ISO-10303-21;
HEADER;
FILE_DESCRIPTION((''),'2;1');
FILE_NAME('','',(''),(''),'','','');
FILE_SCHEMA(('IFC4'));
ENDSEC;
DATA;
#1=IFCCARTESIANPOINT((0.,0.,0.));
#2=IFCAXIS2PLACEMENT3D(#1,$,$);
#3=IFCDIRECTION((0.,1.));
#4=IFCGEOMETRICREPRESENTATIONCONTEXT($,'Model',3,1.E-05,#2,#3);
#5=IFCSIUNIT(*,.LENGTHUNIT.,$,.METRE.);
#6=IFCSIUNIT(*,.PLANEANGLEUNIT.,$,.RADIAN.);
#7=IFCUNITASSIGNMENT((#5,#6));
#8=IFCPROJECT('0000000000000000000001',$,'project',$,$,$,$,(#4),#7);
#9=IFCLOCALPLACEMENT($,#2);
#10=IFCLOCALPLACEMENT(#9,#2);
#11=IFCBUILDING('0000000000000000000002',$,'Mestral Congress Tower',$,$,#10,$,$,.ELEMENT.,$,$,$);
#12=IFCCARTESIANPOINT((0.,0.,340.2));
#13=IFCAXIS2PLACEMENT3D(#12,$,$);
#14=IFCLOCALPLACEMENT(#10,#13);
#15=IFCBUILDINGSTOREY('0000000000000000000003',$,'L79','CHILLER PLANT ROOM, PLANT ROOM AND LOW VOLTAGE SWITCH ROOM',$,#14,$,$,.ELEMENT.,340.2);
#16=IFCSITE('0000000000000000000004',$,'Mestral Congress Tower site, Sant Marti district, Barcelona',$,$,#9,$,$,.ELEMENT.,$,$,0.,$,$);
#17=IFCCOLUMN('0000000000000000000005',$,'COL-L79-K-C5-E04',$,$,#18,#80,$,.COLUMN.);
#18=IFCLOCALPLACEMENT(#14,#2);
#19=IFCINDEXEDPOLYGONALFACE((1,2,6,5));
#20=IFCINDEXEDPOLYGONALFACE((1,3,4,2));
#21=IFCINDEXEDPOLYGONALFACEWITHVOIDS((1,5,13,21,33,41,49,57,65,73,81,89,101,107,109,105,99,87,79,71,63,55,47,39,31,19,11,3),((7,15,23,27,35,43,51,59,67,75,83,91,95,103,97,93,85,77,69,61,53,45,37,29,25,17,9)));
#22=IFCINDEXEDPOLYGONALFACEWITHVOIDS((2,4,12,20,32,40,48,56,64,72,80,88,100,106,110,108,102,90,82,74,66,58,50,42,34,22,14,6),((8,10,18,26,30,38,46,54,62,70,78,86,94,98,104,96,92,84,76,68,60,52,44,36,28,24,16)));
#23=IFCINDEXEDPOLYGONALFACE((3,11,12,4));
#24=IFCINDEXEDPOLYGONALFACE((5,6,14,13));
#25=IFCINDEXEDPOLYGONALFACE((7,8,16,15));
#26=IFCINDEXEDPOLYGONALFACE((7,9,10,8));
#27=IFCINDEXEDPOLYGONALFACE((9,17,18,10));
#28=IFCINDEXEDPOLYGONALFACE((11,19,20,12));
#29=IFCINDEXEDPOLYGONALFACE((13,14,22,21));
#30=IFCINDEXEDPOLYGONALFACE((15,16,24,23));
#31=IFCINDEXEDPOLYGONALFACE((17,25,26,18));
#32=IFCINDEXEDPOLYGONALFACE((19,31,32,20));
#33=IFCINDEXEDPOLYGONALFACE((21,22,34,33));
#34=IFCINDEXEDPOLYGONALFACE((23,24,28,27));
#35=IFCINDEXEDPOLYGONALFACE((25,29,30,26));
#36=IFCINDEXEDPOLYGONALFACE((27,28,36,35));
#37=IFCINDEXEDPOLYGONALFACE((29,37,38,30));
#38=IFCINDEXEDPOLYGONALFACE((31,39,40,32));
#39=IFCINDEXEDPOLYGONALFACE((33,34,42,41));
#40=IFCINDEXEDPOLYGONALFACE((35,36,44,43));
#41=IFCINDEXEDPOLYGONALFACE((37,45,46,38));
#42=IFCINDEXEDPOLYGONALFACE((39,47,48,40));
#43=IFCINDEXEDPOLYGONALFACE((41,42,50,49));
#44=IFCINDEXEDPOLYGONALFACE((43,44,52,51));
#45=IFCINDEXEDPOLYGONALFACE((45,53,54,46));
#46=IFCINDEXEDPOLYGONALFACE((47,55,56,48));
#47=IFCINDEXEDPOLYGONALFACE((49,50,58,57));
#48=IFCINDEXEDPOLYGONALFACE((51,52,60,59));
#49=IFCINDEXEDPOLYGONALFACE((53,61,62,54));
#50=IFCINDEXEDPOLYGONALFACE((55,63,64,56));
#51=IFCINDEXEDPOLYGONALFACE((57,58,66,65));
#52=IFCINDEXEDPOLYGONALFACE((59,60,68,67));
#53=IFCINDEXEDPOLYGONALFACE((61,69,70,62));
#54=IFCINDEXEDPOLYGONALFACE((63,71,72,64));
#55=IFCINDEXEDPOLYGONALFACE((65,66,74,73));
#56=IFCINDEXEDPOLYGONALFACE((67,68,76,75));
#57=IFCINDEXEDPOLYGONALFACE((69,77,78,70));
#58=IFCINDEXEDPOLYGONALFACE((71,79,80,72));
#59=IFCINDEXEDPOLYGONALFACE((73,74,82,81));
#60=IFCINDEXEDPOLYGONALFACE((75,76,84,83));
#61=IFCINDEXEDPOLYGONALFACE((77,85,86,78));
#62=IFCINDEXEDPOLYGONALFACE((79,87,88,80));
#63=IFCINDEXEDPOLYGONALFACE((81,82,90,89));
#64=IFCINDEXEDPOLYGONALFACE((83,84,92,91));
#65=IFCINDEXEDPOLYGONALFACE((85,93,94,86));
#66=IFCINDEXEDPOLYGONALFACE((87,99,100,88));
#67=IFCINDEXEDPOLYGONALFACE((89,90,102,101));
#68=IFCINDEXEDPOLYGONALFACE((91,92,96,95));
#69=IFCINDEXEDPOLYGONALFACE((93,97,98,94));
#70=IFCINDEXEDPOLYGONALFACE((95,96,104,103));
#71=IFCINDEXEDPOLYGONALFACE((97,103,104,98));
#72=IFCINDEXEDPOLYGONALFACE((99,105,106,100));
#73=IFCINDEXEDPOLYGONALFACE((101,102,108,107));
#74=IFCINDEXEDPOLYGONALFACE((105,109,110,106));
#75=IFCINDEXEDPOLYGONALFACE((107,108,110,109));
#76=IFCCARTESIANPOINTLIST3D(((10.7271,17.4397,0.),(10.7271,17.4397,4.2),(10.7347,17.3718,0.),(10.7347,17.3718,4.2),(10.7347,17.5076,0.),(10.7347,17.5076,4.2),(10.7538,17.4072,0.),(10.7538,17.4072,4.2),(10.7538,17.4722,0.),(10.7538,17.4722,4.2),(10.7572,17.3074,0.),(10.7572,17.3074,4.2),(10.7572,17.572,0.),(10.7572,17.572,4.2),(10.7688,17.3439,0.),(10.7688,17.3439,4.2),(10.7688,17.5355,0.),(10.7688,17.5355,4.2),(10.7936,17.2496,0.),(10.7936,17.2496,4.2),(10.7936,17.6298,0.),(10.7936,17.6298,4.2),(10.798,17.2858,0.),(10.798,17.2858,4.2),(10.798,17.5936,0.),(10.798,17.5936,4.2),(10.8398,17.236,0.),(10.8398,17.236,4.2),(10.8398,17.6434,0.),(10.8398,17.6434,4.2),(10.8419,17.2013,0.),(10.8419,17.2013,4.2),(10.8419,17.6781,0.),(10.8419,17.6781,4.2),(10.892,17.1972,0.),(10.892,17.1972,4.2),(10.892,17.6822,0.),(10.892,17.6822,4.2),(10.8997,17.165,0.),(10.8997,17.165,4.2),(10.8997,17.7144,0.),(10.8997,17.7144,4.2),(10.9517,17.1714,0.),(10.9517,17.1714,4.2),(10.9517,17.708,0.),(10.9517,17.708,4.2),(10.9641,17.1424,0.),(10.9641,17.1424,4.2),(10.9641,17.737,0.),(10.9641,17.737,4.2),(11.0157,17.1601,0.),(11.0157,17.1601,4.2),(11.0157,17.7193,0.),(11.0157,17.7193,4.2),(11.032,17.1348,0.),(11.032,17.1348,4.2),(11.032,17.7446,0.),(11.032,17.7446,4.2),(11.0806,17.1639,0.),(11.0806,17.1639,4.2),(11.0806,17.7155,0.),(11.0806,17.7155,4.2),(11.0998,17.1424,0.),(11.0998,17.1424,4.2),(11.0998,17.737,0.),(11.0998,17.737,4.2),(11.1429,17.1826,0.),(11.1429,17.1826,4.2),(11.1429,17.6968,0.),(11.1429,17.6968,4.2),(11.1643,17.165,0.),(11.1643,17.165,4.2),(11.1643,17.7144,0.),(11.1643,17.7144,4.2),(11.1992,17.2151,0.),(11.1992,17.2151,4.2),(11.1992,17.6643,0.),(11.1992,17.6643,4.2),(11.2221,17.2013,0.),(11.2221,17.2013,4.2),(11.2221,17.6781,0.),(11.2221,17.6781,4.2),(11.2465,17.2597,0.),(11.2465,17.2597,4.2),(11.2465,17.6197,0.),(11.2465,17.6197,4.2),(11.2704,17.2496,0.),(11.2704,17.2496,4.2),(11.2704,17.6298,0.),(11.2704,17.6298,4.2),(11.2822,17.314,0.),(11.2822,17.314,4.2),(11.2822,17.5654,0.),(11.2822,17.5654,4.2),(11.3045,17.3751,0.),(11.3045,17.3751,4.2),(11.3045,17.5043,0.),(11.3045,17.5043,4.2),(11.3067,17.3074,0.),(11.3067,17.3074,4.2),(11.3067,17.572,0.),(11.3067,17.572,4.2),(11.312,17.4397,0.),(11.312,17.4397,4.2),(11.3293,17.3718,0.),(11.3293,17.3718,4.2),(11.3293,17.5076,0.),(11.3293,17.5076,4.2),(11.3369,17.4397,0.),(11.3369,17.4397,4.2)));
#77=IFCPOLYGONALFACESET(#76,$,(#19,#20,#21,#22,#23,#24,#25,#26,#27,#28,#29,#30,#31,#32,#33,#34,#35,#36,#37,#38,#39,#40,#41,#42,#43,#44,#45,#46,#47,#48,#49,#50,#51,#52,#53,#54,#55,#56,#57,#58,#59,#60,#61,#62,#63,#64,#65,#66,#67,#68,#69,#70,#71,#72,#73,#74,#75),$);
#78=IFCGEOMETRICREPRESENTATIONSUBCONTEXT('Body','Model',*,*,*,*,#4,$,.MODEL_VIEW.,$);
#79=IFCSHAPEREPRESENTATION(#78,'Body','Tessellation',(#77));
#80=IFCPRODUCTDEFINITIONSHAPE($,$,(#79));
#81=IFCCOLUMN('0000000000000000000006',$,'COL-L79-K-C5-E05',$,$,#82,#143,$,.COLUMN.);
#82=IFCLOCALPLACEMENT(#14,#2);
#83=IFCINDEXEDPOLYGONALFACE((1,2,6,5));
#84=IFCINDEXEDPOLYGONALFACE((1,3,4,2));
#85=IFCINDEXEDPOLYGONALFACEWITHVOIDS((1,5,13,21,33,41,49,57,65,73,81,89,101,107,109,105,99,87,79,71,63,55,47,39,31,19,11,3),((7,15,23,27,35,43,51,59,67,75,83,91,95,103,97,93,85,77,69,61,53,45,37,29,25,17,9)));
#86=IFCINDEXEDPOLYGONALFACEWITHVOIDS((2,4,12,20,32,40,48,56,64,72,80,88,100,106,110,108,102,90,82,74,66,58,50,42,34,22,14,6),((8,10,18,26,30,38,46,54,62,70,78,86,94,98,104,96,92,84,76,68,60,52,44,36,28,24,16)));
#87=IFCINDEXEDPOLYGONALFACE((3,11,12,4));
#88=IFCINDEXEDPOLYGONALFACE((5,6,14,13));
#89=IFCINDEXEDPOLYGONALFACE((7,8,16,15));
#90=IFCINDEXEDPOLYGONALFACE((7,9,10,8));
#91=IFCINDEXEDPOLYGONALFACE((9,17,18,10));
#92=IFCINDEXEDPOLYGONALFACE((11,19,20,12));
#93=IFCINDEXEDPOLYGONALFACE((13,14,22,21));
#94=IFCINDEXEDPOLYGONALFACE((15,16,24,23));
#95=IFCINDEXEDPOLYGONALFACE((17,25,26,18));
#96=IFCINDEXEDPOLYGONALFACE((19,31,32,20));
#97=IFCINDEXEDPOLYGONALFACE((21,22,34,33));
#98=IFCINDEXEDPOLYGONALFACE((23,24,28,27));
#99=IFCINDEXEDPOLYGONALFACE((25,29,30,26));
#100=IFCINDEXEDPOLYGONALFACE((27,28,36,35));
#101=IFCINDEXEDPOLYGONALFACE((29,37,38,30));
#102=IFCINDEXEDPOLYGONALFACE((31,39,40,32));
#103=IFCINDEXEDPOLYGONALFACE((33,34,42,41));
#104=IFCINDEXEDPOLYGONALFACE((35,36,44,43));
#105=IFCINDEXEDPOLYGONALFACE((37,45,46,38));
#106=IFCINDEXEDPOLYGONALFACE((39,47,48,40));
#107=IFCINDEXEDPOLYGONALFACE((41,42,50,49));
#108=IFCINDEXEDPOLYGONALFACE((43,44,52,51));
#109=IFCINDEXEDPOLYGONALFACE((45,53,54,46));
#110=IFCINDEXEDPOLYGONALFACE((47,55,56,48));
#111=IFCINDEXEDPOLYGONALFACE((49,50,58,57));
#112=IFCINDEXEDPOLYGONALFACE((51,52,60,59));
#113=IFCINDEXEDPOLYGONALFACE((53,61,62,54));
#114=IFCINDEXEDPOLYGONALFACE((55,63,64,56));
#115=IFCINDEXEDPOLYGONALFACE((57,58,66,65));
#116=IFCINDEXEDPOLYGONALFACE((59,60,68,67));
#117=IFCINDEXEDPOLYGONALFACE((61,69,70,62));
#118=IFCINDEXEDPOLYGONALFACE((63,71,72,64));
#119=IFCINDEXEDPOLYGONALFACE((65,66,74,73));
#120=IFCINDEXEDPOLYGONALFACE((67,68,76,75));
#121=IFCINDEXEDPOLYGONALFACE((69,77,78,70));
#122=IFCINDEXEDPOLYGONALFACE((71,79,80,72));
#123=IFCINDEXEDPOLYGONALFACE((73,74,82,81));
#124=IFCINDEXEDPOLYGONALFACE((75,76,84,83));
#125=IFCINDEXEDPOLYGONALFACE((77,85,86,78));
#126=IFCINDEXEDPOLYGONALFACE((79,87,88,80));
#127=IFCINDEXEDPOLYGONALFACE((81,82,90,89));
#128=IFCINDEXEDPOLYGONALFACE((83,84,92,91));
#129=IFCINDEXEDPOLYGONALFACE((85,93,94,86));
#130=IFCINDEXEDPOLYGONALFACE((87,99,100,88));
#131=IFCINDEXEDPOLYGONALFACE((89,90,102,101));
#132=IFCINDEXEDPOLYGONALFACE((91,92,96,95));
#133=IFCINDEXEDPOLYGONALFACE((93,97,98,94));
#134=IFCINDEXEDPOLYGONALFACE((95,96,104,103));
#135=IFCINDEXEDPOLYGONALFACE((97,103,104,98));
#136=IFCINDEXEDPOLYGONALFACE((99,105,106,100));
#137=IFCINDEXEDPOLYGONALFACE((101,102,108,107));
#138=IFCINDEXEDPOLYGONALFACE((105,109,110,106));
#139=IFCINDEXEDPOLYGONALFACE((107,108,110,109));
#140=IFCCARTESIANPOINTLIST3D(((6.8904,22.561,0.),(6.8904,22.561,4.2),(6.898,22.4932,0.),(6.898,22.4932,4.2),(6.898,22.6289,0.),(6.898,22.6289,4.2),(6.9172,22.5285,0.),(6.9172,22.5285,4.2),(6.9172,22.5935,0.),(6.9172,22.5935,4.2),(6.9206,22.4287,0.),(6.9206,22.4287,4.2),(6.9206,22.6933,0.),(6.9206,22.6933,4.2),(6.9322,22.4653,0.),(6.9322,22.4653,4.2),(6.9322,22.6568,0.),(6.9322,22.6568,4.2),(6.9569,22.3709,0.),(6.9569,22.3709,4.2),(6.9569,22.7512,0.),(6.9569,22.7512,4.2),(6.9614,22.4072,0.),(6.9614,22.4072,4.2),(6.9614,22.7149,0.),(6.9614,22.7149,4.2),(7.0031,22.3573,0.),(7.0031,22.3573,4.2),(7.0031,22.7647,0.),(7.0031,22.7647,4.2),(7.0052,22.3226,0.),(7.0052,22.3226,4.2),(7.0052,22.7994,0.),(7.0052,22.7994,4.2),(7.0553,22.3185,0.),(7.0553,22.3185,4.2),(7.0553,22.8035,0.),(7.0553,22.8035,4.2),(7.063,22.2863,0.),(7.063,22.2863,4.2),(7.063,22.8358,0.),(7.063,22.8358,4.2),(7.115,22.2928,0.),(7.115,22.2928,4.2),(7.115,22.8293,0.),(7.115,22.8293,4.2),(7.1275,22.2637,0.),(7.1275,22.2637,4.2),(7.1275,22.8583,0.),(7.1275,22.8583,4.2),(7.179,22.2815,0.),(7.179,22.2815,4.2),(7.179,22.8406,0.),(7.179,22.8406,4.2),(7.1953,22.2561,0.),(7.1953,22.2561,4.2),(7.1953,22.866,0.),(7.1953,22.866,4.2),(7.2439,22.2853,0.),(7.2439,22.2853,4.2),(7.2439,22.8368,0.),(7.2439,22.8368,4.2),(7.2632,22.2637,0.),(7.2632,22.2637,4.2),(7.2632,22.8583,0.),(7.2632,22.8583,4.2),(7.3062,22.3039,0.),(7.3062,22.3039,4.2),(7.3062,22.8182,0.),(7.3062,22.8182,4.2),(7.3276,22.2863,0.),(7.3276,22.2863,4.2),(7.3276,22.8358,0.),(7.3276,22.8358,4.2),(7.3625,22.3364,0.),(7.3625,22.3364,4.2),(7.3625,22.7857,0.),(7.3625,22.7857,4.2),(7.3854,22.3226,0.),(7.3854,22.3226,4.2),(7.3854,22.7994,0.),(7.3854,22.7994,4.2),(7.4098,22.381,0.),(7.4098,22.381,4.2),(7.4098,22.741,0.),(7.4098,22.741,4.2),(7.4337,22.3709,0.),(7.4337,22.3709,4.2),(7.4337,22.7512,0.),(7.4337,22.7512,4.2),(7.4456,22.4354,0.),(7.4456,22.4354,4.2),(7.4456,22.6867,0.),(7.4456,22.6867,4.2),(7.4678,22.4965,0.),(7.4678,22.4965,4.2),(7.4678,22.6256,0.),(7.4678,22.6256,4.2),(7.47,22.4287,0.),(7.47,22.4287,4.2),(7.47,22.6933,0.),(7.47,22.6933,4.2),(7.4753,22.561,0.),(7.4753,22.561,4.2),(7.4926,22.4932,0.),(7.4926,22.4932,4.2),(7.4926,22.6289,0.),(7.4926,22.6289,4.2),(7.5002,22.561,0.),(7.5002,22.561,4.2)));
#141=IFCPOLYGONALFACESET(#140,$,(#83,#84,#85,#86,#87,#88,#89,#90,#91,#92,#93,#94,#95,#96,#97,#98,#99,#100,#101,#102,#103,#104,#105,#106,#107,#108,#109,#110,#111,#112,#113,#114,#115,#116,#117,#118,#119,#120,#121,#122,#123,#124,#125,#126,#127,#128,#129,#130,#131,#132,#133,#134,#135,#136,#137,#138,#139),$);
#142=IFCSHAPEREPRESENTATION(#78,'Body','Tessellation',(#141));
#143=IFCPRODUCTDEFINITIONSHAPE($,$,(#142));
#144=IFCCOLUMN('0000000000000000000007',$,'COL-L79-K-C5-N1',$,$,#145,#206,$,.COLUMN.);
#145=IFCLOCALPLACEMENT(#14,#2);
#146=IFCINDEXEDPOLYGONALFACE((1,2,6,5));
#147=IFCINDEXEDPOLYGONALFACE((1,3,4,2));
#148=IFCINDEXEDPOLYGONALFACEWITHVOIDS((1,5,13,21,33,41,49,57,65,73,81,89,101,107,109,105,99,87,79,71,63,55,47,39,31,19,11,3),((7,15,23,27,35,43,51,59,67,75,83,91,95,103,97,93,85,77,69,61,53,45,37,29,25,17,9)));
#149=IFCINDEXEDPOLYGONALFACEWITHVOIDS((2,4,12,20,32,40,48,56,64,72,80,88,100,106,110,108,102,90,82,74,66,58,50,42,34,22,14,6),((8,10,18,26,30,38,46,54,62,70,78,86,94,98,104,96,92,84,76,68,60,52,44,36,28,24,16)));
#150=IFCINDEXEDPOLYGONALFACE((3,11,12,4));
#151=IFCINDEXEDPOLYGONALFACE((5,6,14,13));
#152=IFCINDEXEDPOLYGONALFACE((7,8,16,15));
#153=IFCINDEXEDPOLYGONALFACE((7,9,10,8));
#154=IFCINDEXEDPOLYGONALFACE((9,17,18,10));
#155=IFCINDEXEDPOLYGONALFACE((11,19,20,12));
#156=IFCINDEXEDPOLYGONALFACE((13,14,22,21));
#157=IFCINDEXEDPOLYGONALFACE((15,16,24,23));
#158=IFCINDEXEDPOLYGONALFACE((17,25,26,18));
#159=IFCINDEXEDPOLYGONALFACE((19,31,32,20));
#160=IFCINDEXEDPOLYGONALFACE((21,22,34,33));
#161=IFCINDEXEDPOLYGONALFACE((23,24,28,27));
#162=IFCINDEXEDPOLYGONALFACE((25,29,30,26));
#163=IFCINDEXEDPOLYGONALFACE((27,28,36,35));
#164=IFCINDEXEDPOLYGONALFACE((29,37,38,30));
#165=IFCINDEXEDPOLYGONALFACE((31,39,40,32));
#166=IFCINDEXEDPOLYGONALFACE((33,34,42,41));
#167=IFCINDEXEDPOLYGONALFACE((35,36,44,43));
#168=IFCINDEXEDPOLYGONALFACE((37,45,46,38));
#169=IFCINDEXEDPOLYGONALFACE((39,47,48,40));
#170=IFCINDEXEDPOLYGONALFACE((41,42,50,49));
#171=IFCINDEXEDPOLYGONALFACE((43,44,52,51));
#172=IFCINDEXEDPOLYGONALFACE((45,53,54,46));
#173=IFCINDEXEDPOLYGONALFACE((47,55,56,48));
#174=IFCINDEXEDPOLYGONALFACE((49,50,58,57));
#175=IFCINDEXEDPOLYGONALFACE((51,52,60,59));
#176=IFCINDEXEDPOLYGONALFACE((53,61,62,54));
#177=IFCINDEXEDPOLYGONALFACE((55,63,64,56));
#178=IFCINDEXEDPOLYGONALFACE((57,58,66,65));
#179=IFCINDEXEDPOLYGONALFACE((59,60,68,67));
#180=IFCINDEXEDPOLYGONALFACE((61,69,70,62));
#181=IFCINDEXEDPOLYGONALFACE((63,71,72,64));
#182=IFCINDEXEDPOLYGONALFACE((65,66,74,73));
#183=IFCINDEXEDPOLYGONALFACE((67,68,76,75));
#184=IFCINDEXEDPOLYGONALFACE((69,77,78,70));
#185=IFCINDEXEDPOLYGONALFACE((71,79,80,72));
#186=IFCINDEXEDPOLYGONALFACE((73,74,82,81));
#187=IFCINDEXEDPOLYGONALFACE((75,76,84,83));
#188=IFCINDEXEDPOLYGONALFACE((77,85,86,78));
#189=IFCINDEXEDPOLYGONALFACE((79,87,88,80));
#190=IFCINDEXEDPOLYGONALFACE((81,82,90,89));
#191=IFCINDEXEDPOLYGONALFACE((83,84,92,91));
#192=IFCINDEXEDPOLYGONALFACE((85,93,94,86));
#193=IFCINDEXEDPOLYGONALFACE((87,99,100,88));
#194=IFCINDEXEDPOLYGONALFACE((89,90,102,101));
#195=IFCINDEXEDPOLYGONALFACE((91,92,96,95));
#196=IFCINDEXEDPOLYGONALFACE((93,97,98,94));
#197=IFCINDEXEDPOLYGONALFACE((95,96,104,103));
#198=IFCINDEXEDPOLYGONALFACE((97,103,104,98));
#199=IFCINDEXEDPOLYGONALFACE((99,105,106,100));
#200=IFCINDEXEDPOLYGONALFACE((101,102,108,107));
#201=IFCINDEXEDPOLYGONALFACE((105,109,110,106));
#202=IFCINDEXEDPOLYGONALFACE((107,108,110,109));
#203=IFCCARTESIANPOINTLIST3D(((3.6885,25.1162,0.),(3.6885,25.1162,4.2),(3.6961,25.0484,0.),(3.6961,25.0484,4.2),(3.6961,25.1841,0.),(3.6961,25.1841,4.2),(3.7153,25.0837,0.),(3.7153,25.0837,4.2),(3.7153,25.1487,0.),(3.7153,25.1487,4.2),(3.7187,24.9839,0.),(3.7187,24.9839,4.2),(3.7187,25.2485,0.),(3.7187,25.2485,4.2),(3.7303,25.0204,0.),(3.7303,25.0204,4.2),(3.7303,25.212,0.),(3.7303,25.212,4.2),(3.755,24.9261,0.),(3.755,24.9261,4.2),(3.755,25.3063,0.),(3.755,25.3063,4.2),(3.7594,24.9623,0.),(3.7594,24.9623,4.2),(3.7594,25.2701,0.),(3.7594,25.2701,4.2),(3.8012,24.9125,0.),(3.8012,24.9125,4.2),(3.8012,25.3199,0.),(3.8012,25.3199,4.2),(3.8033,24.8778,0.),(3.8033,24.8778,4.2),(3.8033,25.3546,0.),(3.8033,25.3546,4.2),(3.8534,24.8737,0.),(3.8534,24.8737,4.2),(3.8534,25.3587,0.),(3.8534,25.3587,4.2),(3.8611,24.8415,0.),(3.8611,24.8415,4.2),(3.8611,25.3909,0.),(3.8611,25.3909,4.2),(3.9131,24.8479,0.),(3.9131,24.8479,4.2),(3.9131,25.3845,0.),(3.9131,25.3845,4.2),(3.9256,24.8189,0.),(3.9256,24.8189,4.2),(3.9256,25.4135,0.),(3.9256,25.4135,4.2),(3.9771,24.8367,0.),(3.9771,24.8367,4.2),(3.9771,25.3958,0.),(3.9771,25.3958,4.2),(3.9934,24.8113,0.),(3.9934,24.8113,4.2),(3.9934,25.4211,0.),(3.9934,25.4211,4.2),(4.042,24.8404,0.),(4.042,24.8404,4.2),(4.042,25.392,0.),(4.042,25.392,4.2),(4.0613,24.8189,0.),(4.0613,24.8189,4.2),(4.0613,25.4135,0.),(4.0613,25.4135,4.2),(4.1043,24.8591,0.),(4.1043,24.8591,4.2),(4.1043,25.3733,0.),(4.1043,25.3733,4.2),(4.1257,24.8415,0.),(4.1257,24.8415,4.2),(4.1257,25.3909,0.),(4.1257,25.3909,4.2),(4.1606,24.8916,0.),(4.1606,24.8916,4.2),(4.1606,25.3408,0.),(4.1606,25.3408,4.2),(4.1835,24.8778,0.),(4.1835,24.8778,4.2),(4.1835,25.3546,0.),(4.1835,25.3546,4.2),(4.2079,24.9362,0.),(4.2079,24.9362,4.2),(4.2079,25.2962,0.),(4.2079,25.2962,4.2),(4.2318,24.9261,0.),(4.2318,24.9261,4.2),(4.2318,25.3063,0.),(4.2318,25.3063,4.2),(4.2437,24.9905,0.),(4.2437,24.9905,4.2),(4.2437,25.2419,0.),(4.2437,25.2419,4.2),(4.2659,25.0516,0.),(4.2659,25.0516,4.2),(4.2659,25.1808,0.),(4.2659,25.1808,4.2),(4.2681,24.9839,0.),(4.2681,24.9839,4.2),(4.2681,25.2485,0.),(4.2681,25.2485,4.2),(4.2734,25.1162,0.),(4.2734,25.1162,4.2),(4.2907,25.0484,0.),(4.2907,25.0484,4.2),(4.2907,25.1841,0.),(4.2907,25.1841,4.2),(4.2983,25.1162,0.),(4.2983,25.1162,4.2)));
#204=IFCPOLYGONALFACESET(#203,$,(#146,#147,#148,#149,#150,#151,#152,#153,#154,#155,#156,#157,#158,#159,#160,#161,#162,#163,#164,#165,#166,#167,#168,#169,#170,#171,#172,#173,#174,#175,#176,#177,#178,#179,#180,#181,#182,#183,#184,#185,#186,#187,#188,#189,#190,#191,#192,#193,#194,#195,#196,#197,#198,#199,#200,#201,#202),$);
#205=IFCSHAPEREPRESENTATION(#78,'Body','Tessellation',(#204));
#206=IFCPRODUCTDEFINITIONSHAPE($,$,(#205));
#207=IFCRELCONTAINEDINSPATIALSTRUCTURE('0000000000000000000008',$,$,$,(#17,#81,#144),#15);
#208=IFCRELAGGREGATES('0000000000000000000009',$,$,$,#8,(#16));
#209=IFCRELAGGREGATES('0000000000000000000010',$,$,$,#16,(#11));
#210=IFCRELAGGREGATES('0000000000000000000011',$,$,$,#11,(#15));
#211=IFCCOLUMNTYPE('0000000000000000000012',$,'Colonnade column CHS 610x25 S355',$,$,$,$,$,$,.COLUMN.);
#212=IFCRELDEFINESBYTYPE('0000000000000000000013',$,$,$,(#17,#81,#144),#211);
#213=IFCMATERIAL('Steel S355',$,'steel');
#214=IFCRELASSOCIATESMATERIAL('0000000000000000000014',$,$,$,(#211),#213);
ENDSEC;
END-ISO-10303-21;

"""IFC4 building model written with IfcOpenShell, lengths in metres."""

from ifc_helpers import new_model, si_unit, direction, frame, origin, origin_2d, place, context, subcontext, project, spatial, hollow_circle, extrude, material, material_profile, profile_set, type_object, element, save


model = new_model("IFC4")

# Units and contexts
model_context = context("Model", 3, precision=1e-05, world=origin(), true_north=direction((0.0, 1.0)))
body_context = subcontext(model_context, "Body", "Model", "MODEL_VIEW")
ifc_project = project(units=[si_unit("LENGTHUNIT", "METRE"), si_unit("PLANEANGLEUNIT", "RADIAN")], contexts=[model_context])

# Site, building, storey
site_placement = place(None, origin())
site = spatial("IfcSite", under=ifc_project, at=site_placement, Name="Mestral Congress Tower site, Sant Marti district, Barcelona", CompositionType="ELEMENT", RefElevation=0.0)
building_placement = place(site_placement, origin())
building = spatial("IfcBuilding", under=site, at=building_placement, Name="Mestral Congress Tower", CompositionType="ELEMENT")
storey_placement = place(building_placement, frame((0.0, 0.0, 340.2)))
storey = spatial("IfcBuildingStorey", under=building, at=storey_placement, Name="L79", Description="CHILLER PLANT ROOM, PLANT ROOM AND LOW VOLTAGE SWITCH ROOM", CompositionType="ELEMENT", Elevation=340.2)

# Columns
ifc_material_1 = material(Name="Steel S355", Category="steel")
ifc_material_profile_1 = material_profile(ifc_material_1, hollow_circle(Radius=0.3049, WallThickness=0.0249, at=origin_2d()), Name="CHS 610x25")
ifc_profile_set_1 = profile_set([ifc_material_profile_1], Name="Steel S355")
column_type = type_object("IfcColumnType", Name="Colonnade column CHS 610x25 S355", PredefinedType="COLUMN", material=ifc_profile_set_1)
for number, where, z_axis, x_axis, name in (
    (1, (11.032, 17.4397, 0.0), (0.0, 0.0, 1.0), (1.0, 0.0, 0.0), "COL-L79-K-C5-E04"),
    (2, (7.1953, 22.561, 0.0), (0.0, 0.0, 1.0), (1.0, 0.0, 0.0), "COL-L79-K-C5-E05"),
    (3, (3.9934, 25.1162, 0.0), (0.0, 0.0, 1.0), (1.0, 0.0, 0.0), "COL-L79-K-C5-N1"),
):
    element("IfcColumn", number, at=place(storey_placement, frame(where, z_axis=z_axis, x_axis=x_axis)), inside=storey, type_object=column_type, Name=name, PredefinedType="COLUMN", context=body_context, shape_type="SweptSolid", body=[
        extrude(hollow_circle(Radius=0.3049, WallThickness=0.0249, at=origin_2d()), origin(), (0.0, 0.0, 1.0), 4.2),
    ])

save(model, "model.ifc")
